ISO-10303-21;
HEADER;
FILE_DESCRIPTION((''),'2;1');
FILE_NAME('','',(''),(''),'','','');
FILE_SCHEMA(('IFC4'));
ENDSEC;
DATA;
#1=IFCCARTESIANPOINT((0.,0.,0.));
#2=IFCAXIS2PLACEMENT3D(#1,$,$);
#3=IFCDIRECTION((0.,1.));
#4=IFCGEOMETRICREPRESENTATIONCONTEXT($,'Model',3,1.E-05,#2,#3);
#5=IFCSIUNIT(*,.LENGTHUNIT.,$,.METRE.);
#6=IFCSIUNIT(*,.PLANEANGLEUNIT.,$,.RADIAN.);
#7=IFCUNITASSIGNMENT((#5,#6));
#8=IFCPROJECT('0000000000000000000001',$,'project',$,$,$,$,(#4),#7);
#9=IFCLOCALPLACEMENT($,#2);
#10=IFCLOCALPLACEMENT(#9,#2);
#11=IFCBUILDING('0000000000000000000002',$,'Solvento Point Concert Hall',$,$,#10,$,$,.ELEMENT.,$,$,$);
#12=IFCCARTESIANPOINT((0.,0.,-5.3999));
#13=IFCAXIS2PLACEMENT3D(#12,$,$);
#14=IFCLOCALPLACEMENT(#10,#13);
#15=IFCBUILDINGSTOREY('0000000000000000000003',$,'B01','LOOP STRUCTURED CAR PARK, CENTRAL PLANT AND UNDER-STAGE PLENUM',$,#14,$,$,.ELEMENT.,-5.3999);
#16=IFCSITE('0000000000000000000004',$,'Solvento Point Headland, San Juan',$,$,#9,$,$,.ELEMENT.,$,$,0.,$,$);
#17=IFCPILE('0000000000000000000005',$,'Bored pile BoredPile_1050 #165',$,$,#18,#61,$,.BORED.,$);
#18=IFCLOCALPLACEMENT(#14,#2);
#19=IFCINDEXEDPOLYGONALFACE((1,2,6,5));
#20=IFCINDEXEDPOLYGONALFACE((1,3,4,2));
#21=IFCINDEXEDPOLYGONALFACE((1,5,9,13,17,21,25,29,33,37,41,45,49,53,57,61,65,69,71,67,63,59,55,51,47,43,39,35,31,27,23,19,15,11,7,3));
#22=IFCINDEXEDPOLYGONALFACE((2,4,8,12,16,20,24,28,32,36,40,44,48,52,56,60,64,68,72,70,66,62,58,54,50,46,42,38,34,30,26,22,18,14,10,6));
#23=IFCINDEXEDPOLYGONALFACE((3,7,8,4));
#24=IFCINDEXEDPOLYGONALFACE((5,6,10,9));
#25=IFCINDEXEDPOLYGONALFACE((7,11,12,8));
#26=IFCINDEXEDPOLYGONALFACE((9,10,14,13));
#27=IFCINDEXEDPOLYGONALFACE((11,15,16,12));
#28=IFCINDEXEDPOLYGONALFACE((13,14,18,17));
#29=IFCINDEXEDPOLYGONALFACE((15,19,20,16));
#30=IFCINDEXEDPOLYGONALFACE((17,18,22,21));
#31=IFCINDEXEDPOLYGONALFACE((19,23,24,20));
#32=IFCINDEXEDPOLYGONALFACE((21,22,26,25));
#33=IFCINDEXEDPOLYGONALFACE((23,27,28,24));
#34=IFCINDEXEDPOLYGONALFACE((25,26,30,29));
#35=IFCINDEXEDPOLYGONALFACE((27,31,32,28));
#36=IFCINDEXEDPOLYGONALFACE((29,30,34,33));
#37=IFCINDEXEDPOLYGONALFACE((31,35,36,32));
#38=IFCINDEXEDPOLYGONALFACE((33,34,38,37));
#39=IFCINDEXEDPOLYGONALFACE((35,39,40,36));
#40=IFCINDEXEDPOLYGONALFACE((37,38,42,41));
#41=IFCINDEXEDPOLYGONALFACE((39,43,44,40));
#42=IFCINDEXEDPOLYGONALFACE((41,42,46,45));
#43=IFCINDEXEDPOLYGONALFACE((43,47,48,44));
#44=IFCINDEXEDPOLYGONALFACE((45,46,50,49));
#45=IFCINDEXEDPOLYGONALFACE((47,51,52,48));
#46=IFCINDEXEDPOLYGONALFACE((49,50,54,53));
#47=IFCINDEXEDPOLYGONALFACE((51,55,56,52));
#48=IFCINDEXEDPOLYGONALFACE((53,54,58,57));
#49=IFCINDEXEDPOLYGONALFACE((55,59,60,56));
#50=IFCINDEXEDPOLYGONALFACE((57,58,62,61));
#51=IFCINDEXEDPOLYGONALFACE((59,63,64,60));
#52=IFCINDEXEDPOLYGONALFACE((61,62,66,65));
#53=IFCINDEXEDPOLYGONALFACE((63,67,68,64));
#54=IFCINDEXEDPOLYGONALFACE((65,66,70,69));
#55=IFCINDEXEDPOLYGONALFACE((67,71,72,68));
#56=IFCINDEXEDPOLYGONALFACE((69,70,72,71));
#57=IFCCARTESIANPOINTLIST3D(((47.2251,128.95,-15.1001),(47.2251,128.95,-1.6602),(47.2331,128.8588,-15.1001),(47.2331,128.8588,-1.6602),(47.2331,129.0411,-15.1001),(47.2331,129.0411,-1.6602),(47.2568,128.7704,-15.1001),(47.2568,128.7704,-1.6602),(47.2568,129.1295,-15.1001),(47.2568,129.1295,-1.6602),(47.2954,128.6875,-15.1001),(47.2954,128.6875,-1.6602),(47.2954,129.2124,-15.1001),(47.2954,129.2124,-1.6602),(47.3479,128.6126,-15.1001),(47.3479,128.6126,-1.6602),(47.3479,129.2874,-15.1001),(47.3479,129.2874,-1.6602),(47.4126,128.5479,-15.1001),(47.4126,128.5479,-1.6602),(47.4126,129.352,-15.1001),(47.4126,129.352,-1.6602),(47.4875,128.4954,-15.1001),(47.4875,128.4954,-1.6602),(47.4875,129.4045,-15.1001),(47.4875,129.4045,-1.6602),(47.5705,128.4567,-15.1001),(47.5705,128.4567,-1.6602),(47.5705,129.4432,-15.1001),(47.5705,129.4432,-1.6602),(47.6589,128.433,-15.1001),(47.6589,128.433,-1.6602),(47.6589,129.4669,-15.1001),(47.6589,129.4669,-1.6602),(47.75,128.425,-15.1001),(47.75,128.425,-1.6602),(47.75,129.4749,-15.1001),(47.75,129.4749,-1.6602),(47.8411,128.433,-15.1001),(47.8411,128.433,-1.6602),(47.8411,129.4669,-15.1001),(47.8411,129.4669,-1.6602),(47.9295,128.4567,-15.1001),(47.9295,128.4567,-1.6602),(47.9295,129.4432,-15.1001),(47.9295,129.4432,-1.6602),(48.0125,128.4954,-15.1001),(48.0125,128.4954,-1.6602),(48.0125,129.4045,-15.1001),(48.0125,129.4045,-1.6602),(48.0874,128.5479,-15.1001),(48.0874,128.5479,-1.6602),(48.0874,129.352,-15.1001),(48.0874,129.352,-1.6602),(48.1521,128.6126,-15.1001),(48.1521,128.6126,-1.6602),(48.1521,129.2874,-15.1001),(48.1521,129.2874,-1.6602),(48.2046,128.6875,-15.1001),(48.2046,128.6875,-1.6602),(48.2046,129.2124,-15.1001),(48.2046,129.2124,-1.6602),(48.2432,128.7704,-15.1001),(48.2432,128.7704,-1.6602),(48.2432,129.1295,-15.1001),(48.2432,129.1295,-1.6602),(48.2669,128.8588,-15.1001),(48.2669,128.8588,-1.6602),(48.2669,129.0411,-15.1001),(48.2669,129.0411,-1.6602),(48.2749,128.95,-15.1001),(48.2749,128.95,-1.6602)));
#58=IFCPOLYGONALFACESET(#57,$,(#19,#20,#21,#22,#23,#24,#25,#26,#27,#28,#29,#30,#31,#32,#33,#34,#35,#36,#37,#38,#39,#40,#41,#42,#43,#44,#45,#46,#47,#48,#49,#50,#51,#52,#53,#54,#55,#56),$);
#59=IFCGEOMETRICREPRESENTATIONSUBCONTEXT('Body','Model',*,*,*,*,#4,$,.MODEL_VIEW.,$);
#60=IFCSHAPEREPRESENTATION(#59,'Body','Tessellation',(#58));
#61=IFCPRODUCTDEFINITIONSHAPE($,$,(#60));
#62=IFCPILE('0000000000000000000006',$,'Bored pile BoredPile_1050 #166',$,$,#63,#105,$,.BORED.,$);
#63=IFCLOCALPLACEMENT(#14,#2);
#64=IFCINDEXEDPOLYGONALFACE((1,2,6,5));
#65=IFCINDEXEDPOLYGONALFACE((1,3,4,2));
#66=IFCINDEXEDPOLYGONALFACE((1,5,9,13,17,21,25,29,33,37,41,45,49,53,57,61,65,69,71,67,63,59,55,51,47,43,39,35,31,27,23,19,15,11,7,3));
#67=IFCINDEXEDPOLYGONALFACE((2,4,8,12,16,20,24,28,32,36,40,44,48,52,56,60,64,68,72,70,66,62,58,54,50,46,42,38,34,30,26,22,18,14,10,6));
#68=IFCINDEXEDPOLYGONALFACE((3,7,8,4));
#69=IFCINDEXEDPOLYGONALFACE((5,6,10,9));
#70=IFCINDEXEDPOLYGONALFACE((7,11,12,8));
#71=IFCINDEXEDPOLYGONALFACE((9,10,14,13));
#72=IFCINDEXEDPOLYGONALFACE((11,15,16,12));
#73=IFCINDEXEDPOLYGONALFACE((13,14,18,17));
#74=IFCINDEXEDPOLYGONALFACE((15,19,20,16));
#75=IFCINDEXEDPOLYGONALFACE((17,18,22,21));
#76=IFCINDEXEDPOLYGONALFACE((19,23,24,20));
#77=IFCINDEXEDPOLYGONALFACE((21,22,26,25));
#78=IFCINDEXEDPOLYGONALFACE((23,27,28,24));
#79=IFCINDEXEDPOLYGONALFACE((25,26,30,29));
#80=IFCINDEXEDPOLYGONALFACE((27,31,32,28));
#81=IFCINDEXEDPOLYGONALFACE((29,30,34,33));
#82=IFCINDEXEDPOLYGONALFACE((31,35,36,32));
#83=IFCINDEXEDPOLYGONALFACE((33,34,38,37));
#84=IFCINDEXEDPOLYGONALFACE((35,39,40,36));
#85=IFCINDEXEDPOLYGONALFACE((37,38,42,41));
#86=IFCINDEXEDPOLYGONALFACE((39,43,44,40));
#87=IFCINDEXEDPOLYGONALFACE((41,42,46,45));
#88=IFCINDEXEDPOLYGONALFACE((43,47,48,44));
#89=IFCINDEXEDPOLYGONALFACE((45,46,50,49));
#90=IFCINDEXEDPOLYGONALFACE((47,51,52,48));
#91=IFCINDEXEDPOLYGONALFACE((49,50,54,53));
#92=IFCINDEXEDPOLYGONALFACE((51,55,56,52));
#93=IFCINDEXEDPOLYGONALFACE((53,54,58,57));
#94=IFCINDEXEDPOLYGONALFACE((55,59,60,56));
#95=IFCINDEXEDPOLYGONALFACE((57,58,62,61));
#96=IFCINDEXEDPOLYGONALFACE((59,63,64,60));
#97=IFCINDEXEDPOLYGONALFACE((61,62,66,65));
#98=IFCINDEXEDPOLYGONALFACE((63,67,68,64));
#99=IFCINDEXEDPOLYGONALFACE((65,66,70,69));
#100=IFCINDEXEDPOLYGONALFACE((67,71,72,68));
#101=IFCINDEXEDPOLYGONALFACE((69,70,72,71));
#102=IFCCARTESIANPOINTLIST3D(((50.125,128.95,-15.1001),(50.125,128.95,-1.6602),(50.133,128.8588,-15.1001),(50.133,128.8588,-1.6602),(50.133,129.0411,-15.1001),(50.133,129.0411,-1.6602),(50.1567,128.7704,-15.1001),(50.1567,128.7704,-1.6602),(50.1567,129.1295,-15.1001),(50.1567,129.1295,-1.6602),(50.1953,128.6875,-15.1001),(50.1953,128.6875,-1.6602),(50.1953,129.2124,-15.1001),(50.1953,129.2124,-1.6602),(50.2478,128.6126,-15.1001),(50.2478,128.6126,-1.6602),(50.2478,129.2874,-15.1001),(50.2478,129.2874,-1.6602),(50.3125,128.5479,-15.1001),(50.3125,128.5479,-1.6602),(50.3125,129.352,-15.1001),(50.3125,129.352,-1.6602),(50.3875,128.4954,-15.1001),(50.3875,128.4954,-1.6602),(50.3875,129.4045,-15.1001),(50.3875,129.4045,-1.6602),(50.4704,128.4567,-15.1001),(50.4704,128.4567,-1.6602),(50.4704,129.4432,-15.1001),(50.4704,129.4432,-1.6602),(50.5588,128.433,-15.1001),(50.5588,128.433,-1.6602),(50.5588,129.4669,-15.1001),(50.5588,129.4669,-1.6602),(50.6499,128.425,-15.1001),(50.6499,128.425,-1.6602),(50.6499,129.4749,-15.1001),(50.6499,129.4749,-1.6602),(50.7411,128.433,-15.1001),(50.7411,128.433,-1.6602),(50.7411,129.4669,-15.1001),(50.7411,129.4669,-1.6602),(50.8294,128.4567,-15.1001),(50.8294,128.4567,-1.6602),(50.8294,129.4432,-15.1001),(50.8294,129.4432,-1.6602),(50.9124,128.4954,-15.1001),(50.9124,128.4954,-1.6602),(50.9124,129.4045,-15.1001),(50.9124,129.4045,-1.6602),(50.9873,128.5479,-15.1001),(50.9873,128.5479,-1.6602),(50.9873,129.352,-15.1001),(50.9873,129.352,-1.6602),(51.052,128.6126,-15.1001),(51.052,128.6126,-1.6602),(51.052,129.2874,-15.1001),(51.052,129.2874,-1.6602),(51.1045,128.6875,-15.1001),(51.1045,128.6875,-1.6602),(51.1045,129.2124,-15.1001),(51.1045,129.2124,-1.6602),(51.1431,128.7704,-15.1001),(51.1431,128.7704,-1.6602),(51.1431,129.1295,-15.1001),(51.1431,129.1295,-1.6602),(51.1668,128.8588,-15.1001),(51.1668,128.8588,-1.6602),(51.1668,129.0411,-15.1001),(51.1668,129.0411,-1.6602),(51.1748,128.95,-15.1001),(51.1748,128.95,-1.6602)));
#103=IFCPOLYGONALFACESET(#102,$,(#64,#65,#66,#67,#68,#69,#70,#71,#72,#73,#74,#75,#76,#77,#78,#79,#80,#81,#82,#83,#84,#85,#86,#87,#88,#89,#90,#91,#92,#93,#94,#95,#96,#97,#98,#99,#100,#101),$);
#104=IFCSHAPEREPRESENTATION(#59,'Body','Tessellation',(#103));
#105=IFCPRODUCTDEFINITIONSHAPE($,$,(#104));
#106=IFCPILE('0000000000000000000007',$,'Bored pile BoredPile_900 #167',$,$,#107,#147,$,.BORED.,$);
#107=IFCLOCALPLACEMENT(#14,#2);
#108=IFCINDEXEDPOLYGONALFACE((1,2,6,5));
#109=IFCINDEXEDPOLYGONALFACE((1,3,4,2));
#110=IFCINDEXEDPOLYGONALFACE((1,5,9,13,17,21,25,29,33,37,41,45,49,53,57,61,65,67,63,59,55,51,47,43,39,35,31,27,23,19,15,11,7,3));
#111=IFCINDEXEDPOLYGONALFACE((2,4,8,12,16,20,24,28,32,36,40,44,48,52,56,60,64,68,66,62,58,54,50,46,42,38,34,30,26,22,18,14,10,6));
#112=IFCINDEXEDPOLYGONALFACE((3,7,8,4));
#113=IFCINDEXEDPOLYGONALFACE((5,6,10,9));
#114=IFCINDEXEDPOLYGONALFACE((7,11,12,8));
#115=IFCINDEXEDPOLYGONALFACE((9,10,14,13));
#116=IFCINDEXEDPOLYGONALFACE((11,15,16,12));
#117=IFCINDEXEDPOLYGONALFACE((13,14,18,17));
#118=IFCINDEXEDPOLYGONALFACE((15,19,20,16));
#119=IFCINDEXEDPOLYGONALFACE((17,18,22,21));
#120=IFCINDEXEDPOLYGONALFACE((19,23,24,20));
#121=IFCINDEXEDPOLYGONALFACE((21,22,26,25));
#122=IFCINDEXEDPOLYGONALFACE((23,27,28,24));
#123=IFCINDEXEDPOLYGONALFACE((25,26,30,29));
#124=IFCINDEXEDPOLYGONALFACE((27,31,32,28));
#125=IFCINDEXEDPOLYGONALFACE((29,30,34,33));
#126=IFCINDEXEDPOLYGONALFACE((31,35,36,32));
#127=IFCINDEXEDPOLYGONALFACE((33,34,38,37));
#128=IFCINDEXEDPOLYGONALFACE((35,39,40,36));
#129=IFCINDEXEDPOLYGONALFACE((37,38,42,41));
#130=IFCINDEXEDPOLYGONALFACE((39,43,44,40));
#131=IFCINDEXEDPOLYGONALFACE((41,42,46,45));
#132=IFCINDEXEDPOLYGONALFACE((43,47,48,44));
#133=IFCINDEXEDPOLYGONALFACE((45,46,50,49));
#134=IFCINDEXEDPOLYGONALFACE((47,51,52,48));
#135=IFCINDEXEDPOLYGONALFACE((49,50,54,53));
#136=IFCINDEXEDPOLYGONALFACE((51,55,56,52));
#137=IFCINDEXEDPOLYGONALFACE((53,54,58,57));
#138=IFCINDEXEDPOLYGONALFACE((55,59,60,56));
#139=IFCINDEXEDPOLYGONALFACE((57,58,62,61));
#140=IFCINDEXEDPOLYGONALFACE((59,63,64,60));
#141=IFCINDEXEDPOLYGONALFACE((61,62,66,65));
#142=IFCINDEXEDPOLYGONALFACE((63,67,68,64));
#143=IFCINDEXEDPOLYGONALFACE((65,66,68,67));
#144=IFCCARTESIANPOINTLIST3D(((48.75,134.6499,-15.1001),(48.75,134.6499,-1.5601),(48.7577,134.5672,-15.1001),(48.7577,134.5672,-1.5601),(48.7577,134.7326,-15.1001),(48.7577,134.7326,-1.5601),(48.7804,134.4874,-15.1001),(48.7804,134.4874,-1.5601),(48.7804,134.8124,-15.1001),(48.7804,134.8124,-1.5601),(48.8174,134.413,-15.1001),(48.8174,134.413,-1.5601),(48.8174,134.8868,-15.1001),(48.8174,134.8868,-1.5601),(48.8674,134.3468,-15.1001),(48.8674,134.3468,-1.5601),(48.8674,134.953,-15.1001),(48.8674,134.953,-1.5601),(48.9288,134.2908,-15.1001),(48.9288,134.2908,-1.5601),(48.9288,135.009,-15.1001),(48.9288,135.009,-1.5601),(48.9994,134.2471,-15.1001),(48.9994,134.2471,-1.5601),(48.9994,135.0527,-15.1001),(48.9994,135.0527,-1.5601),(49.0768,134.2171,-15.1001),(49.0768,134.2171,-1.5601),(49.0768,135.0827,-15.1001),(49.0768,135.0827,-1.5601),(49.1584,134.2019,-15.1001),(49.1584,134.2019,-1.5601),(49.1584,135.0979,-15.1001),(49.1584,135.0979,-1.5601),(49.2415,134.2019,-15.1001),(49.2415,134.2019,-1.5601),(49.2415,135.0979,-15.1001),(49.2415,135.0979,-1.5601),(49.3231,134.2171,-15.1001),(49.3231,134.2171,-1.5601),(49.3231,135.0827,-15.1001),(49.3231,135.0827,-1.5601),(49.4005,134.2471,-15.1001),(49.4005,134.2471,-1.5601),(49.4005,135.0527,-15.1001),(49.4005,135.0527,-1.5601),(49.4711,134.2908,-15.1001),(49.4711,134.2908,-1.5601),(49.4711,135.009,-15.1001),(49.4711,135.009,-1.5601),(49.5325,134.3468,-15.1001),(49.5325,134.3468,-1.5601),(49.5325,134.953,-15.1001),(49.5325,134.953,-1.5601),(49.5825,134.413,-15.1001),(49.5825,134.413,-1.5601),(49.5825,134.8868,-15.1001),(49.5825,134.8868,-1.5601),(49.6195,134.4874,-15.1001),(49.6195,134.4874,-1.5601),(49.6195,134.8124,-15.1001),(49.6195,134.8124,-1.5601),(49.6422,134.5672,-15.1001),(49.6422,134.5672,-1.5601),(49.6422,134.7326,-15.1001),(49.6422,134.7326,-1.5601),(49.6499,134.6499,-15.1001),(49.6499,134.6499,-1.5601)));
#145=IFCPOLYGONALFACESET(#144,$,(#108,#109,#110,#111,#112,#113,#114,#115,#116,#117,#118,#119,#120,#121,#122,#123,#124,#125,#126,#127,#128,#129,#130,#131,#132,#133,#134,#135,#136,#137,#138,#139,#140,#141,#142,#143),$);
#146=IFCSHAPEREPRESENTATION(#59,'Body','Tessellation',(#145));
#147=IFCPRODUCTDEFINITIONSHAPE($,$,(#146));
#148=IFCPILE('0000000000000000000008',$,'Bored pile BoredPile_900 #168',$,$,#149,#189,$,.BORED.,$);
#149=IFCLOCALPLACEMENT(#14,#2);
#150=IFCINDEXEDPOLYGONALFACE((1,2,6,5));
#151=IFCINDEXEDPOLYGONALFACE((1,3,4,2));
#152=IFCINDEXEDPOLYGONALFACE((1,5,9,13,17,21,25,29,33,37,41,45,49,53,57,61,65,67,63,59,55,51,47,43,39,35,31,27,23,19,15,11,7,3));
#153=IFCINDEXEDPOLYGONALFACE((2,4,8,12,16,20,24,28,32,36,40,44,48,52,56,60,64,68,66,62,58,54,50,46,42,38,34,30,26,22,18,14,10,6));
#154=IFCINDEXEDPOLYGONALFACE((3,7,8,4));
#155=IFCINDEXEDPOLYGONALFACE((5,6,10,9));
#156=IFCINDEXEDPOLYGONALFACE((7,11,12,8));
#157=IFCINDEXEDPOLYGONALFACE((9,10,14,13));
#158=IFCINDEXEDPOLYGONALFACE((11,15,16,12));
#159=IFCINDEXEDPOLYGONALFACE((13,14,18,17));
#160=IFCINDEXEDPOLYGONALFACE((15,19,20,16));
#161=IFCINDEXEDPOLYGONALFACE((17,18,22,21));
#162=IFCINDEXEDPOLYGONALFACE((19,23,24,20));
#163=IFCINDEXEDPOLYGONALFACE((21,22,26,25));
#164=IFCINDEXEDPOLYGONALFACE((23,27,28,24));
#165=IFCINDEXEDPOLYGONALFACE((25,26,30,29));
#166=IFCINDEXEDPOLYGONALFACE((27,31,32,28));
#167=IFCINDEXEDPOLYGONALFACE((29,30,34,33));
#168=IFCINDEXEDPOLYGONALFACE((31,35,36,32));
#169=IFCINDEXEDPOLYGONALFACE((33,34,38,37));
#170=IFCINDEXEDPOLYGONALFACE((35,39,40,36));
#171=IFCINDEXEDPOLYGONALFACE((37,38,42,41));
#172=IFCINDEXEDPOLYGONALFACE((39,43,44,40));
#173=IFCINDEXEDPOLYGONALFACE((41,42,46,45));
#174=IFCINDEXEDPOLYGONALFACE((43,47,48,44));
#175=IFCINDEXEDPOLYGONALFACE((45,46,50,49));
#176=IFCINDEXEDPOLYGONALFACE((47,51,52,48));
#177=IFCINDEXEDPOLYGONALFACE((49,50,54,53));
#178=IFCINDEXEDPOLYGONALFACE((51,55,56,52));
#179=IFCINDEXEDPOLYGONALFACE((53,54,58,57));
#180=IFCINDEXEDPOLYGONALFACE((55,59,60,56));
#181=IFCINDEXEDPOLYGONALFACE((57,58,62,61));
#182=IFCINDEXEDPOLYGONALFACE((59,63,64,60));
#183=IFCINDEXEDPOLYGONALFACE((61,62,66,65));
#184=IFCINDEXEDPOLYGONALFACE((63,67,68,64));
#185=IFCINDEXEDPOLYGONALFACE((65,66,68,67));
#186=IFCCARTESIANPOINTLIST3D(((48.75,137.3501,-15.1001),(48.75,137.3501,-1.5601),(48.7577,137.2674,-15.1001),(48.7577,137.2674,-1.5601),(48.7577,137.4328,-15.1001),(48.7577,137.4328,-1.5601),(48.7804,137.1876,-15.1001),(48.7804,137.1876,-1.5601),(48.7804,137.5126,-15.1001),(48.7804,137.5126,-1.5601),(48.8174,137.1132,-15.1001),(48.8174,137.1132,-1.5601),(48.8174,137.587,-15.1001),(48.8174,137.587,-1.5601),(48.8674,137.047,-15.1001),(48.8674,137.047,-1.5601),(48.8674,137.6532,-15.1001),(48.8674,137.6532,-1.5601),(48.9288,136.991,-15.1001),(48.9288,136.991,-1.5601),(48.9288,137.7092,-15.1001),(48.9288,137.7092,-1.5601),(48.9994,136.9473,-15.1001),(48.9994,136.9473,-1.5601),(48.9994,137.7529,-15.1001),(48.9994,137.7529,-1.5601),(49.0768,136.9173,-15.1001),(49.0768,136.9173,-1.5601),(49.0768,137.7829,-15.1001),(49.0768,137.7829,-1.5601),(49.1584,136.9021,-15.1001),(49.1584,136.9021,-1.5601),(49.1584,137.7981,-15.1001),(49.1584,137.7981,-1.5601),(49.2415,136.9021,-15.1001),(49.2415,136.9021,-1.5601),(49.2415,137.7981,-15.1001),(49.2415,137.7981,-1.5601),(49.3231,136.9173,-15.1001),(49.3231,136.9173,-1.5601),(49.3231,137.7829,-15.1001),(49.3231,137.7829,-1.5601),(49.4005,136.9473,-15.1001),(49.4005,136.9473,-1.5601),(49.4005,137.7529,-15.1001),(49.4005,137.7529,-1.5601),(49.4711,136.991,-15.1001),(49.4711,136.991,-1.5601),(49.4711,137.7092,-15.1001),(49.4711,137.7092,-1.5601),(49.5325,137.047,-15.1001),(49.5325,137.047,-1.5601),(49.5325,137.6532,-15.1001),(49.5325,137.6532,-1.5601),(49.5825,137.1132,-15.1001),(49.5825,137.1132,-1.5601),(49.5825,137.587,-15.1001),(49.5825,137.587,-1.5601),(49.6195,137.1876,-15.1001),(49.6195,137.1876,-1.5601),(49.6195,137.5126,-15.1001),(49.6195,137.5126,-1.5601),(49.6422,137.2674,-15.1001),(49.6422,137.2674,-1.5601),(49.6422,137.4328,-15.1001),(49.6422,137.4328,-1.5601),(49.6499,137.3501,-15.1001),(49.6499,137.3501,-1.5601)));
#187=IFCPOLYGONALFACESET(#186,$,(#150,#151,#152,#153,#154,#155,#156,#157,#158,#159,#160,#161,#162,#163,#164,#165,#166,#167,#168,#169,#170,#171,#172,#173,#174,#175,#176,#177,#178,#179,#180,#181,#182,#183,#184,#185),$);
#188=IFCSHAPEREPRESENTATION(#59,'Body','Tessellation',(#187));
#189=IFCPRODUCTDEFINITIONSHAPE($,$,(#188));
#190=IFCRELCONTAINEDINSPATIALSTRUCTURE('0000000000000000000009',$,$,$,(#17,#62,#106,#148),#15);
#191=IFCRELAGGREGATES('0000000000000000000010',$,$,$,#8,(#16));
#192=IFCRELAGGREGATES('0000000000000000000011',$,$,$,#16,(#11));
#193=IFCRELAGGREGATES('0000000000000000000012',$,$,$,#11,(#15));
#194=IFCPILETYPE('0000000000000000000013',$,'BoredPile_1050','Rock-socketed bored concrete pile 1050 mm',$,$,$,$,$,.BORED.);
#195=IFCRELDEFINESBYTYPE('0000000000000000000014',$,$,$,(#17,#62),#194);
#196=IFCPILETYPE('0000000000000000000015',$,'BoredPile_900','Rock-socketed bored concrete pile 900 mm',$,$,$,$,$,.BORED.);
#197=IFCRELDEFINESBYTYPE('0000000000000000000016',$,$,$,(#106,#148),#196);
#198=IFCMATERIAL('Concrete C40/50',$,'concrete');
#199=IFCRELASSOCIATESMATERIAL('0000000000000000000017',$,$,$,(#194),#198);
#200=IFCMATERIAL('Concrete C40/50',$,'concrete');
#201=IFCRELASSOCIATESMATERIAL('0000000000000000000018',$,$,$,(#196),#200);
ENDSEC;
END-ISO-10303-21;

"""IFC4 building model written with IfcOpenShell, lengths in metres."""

from ifc_helpers import new_model, si_unit, direction, frame, origin, origin_2d, place, context, subcontext, project, spatial, circle, extrude, material, material_profile, profile_set, type_object, element, save


model = new_model("IFC4")

# Units and contexts
model_context = context("Model", 3, precision=1e-05, world=origin(), true_north=direction((0.0, 1.0)))
body_context = subcontext(model_context, "Body", "Model", "MODEL_VIEW")
ifc_project = project(units=[si_unit("LENGTHUNIT", "METRE"), si_unit("PLANEANGLEUNIT", "RADIAN")], contexts=[model_context])

# Site, building, storey
site_placement = place(None, origin())
site = spatial("IfcSite", under=ifc_project, at=site_placement, Name="Solvento Point Headland, San Juan", CompositionType="ELEMENT", RefElevation=0.0)
building_placement = place(site_placement, origin())
building = spatial("IfcBuilding", under=site, at=building_placement, Name="Solvento Point Concert Hall", CompositionType="ELEMENT")
storey_placement = place(building_placement, frame((0.0, 0.0, -5.3999)))
storey = spatial("IfcBuildingStorey", under=building, at=storey_placement, Name="B01", Description="LOOP STRUCTURED CAR PARK, CENTRAL PLANT AND UNDER-STAGE PLENUM", CompositionType="ELEMENT", Elevation=-5.3999)

# Piles
ifc_material_1 = material(Name="Concrete C40/50", Category="concrete")
ifc_material_profile_1 = material_profile(ifc_material_1, circle(Radius=0.5249, at=origin_2d()), Name="BP-1050")
ifc_profile_set_1 = profile_set([ifc_material_profile_1], Name="Concrete C40/50")
pile_type_1 = type_object("IfcPileType", Name="BoredPile_1050", Description="Rock-socketed bored concrete pile 1050 mm", PredefinedType="BORED", material=ifc_profile_set_1)
for number, where, z_axis, x_axis, name in (
    (1, (47.75, 128.95, -1.6602), (0.0, 0.0, -1.0), (1.0, 0.0, 0.0), "Bored pile BoredPile_1050 #165"),
    (2, (50.6499, 128.95, -1.6602), (0.0, 0.0, -1.0), (1.0, 0.0, 0.0), "Bored pile BoredPile_1050 #166"),
):
    element("IfcPile", number, at=place(storey_placement, frame(where, z_axis=z_axis, x_axis=x_axis)), inside=storey, type_object=pile_type_1, Name=name, PredefinedType="BORED", context=body_context, shape_type="SweptSolid", body=[
        extrude(circle(Radius=0.5249, at=origin_2d()), origin(), (0.0, 0.0, 1.0), 13.4399),
    ])
ifc_material_2 = material(Name="Concrete C40/50", Category="concrete")
ifc_material_profile_2 = material_profile(ifc_material_2, circle(Radius=0.45, at=origin_2d()), Name="BP-900")
ifc_profile_set_2 = profile_set([ifc_material_profile_2], Name="Concrete C40/50")
pile_type_2 = type_object("IfcPileType", Name="BoredPile_900", Description="Rock-socketed bored concrete pile 900 mm", PredefinedType="BORED", material=ifc_profile_set_2)
for number, where, z_axis, x_axis, name in (
    (3, (49.2, 134.6499, -1.5601), (0.0, 0.0, -1.0), (1.0, 0.0, 0.0), "Bored pile BoredPile_900 #167"),
    (4, (49.2, 137.3501, -1.5601), (0.0, 0.0, -1.0), (1.0, 0.0, 0.0), "Bored pile BoredPile_900 #168"),
):
    element("IfcPile", number, at=place(storey_placement, frame(where, z_axis=z_axis, x_axis=x_axis)), inside=storey, type_object=pile_type_2, Name=name, PredefinedType="BORED", context=body_context, shape_type="SweptSolid", body=[
        extrude(circle(Radius=0.45, at=origin_2d()), origin(), (0.0, 0.0, 1.0), 13.54),
    ])

save(model, "model.ifc")
